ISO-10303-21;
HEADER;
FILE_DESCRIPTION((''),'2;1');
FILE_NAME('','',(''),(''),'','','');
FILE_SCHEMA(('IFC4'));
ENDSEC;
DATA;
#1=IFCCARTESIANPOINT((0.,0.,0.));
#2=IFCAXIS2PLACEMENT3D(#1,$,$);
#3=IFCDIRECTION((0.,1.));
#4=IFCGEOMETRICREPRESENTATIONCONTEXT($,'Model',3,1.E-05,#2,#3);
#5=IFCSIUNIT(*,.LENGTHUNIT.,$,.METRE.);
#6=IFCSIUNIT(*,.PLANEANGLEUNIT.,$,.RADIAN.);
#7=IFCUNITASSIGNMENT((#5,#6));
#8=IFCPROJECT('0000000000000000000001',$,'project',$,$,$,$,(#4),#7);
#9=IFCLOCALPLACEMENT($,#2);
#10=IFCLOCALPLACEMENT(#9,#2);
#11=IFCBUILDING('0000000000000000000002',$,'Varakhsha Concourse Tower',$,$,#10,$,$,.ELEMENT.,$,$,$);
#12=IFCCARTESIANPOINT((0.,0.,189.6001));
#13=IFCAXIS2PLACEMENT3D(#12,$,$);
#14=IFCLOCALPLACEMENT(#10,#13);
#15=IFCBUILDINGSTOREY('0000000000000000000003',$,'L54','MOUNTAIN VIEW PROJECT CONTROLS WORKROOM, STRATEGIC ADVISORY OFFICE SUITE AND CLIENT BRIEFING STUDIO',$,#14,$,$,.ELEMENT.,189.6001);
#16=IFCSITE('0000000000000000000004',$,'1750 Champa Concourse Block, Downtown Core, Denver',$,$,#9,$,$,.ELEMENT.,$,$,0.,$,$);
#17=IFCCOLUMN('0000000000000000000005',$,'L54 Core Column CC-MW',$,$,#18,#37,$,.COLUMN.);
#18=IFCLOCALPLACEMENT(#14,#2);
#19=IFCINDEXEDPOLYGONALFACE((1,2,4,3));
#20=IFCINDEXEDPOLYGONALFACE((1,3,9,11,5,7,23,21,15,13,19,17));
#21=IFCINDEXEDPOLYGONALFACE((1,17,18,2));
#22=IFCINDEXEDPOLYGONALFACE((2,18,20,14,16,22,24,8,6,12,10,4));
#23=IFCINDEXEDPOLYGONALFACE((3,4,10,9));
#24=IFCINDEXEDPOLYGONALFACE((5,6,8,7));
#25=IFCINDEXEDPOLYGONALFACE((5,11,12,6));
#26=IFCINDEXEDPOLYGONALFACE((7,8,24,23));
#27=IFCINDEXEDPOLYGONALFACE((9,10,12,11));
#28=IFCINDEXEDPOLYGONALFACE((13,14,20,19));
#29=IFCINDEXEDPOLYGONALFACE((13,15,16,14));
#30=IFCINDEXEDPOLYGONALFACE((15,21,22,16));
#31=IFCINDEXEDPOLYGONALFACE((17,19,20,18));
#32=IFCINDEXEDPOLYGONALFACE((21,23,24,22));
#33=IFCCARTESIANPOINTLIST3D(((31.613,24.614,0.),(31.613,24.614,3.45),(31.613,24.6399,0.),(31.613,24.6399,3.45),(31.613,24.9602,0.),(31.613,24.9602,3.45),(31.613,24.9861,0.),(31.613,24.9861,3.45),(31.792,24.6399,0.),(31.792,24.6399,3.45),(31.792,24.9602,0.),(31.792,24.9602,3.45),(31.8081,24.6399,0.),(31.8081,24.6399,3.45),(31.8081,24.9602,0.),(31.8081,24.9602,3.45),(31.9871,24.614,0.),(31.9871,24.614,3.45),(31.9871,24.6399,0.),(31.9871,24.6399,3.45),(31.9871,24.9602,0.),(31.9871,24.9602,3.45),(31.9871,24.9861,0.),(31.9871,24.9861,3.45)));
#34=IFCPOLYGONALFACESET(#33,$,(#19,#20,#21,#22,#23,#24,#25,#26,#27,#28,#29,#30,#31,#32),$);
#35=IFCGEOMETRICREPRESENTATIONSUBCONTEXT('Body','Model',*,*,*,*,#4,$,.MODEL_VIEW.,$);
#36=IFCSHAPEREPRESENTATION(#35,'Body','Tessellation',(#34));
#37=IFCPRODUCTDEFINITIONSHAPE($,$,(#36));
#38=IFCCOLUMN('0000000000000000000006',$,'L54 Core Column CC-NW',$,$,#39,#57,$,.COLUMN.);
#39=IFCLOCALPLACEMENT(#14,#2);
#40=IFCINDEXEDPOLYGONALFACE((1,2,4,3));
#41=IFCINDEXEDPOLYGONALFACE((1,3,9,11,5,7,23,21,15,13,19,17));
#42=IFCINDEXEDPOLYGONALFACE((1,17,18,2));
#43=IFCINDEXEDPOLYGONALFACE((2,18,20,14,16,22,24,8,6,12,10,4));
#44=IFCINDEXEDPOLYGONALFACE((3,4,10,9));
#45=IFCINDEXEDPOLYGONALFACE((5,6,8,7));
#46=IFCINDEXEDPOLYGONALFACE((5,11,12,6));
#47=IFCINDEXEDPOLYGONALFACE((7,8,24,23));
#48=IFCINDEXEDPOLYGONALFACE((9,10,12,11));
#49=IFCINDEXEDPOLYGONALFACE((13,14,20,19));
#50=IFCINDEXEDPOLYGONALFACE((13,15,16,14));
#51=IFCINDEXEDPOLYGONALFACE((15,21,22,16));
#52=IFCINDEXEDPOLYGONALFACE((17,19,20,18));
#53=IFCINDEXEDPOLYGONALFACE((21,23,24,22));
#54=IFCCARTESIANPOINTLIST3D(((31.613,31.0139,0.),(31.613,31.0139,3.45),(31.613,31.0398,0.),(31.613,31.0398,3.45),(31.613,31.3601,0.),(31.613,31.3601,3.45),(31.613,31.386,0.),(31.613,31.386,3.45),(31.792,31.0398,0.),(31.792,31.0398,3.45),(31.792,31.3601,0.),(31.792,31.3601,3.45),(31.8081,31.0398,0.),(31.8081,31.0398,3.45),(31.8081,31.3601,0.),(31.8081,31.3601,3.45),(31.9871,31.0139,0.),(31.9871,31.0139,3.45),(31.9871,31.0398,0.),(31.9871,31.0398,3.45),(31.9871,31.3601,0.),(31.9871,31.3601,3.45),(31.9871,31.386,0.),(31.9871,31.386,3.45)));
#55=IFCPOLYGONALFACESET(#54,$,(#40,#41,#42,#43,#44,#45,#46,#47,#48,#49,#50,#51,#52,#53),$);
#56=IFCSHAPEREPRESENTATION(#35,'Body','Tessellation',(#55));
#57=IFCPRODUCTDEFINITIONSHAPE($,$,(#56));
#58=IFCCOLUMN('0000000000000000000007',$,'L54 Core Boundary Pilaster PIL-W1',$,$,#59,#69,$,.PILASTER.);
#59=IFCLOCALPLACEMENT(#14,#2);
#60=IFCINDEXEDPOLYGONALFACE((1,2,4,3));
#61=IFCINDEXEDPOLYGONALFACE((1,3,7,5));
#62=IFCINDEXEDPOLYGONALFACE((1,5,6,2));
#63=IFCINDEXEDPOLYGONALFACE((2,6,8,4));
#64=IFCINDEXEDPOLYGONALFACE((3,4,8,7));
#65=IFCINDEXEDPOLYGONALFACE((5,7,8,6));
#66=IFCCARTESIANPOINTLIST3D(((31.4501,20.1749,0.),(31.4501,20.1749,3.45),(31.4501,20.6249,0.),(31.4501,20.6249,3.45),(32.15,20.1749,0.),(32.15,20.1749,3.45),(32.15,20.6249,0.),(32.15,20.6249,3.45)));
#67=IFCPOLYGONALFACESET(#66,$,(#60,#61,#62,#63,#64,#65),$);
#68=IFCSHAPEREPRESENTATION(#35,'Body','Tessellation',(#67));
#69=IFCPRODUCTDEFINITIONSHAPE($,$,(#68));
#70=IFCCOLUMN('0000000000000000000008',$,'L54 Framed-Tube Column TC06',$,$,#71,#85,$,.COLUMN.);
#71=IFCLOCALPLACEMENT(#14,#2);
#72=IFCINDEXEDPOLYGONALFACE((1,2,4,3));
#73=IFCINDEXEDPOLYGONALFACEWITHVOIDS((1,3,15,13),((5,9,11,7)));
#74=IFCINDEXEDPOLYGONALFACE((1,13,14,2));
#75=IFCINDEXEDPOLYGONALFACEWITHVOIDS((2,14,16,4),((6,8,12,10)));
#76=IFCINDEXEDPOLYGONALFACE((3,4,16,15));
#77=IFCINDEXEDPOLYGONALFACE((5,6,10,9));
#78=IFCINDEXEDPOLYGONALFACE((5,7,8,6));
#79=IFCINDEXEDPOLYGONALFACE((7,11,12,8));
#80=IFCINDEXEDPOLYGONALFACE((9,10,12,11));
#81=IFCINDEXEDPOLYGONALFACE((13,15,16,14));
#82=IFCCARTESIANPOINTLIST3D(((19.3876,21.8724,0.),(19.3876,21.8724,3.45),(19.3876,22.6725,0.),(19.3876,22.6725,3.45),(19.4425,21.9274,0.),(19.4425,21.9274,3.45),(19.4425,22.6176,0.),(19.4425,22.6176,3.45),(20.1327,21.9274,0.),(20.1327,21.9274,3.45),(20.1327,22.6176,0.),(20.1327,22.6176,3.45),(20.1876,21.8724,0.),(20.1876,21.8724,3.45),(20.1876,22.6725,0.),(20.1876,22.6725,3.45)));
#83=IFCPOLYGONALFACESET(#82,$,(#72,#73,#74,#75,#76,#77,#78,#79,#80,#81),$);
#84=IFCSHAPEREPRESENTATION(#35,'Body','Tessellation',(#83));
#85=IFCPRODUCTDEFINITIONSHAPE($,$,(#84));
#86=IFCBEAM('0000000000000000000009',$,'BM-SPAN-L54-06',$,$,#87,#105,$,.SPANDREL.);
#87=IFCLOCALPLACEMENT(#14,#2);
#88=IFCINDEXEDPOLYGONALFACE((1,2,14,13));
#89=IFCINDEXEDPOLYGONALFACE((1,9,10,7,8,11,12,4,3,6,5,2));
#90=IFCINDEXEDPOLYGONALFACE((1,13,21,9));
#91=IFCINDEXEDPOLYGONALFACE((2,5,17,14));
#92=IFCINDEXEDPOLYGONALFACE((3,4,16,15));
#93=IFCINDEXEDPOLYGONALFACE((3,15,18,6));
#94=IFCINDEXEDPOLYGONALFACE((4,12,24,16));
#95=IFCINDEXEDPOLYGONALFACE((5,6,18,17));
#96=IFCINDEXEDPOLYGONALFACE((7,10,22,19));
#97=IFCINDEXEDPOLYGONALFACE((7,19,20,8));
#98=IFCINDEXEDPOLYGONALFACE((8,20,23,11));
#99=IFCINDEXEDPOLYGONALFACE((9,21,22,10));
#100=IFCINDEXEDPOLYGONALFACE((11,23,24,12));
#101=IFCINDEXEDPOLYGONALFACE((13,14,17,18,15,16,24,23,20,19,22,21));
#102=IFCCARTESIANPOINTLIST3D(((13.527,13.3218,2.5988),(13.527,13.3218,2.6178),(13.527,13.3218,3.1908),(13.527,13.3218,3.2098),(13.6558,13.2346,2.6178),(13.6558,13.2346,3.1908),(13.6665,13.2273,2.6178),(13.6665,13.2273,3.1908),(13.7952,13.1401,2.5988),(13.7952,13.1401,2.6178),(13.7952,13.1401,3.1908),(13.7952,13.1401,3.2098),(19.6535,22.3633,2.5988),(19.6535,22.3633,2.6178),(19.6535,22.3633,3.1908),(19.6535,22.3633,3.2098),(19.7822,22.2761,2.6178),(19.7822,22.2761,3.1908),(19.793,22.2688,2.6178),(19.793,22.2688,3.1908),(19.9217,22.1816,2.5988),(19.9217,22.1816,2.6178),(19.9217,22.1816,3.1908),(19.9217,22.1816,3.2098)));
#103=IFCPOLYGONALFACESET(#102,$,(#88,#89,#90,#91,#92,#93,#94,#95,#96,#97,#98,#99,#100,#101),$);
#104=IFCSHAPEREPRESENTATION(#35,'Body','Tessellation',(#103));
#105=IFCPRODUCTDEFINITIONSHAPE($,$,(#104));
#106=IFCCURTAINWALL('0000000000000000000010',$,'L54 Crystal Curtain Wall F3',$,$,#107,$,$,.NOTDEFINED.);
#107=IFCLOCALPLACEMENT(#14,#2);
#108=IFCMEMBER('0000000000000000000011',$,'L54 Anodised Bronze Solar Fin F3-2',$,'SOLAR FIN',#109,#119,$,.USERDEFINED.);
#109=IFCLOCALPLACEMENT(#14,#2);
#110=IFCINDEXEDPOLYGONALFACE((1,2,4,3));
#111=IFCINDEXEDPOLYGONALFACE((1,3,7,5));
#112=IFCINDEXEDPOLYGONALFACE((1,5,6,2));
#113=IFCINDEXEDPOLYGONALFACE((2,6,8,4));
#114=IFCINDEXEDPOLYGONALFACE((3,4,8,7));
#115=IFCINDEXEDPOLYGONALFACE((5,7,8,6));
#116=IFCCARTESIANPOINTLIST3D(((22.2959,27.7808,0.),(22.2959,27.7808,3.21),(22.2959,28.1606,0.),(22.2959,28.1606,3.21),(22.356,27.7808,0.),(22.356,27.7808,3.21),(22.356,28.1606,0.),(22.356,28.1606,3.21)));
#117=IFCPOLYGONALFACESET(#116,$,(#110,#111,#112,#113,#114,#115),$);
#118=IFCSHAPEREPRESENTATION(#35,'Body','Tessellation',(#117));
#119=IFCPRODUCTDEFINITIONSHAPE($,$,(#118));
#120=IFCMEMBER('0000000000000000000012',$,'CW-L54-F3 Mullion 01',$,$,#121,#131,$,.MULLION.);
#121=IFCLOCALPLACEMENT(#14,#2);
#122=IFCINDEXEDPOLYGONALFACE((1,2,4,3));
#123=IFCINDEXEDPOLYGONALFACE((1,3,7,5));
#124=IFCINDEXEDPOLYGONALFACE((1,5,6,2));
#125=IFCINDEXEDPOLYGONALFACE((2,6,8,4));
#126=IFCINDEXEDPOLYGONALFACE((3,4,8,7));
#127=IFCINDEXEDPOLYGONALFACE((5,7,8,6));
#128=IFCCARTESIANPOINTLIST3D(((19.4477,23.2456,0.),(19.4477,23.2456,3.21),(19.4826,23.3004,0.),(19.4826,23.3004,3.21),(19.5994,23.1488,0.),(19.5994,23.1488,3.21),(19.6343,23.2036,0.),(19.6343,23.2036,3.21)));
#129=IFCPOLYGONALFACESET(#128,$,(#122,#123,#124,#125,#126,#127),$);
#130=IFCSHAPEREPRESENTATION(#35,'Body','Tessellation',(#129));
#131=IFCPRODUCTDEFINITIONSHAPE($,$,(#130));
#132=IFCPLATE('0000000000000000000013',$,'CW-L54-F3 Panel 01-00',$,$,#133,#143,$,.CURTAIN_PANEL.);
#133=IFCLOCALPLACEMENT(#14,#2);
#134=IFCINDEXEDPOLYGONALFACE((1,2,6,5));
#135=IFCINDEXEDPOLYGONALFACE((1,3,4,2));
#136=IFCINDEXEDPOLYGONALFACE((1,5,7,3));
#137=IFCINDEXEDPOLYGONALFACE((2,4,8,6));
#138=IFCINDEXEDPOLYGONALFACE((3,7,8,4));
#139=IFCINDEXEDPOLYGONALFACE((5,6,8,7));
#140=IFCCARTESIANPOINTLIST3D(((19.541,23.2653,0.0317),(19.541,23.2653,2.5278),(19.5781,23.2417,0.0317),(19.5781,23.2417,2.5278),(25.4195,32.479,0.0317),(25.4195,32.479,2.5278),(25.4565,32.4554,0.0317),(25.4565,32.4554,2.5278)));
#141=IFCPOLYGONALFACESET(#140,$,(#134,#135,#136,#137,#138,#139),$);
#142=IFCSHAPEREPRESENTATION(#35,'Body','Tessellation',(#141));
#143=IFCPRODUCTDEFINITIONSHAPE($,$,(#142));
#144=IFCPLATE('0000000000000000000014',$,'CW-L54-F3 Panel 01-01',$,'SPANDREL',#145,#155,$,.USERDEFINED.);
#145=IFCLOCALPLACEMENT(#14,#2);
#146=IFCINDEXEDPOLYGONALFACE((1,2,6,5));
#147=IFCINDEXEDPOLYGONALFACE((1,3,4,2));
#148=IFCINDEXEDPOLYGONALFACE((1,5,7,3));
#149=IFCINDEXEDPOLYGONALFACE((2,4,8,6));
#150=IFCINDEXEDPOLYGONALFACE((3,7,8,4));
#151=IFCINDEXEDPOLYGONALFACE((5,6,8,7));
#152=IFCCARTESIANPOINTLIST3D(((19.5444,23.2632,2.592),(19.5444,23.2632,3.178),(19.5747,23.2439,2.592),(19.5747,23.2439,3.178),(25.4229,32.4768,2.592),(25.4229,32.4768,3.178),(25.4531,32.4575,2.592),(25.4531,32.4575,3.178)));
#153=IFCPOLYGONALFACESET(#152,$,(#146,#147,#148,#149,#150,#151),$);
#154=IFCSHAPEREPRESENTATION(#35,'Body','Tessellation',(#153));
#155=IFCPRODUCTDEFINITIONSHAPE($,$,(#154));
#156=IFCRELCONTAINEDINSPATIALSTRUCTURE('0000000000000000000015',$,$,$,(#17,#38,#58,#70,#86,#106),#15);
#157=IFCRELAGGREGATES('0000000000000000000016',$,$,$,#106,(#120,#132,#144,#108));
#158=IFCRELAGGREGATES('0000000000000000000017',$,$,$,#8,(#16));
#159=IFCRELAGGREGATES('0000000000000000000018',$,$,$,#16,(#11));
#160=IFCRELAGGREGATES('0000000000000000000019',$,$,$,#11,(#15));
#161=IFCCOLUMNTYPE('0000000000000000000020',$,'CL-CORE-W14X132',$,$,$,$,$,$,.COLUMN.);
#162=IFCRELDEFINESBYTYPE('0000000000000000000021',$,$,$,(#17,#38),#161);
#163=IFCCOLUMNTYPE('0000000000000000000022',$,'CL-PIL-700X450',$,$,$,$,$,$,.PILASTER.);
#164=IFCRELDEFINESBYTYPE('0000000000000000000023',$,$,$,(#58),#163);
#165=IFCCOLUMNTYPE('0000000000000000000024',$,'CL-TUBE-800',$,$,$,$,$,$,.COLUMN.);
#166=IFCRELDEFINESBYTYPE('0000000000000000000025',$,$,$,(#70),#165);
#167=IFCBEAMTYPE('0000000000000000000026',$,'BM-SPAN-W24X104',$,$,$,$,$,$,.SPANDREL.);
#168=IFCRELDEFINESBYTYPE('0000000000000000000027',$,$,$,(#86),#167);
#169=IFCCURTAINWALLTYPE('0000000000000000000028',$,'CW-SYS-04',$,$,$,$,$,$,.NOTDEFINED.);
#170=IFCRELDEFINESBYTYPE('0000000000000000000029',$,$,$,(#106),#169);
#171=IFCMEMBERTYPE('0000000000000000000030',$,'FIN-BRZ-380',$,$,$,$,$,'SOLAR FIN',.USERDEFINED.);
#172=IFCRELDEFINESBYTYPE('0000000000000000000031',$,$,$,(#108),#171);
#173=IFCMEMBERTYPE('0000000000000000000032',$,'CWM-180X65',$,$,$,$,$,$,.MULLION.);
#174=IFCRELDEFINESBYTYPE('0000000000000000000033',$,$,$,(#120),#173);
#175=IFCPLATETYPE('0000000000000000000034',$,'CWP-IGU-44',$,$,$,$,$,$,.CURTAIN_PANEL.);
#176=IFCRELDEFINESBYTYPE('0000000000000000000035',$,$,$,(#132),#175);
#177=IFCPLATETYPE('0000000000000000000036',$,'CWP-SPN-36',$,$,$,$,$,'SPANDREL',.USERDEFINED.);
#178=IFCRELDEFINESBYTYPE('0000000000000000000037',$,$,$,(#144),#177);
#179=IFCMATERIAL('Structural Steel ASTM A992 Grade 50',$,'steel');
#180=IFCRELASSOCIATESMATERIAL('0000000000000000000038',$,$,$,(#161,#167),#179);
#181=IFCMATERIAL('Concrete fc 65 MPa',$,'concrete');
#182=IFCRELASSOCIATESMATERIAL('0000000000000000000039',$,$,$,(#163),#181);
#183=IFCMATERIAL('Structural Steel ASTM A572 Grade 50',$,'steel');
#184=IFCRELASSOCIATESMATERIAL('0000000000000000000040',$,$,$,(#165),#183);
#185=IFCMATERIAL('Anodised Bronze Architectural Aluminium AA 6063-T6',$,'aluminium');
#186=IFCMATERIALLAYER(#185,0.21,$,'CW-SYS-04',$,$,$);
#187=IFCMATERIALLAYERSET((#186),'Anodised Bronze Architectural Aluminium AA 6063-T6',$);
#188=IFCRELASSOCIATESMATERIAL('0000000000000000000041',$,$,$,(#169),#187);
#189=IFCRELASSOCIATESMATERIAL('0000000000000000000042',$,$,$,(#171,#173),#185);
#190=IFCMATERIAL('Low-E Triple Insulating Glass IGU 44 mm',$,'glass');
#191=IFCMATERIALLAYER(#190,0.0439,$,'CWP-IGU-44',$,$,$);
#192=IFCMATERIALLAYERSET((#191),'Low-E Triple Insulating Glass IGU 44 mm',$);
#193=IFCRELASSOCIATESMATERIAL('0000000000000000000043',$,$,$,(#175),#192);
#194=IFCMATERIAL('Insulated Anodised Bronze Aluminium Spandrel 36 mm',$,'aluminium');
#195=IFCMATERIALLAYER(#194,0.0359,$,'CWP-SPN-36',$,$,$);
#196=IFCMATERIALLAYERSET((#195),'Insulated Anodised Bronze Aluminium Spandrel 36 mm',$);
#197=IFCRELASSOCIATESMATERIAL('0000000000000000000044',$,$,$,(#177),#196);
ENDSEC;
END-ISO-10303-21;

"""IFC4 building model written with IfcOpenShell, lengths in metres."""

from ifc_helpers import new_model, si_unit, direction, frame, origin, origin_2d, place, context, subcontext, project, spatial, rectangle, hollow_rectangle, i_section, extrude, source, transform, mapped, material, layer, layer_set, material_profile, profile_set, type_object, type_shapes, element, aggregate, save


model = new_model("IFC4")

# Units and contexts
model_context = context("Model", 3, precision=1e-05, world=origin(), true_north=direction((0.0, 1.0)))
body_context = subcontext(model_context, "Body", "Model", "MODEL_VIEW")
ifc_project = project(units=[si_unit("LENGTHUNIT", "METRE"), si_unit("PLANEANGLEUNIT", "RADIAN")], contexts=[model_context])

# Site, building, storey
site_placement = place(None, origin())
site = spatial("IfcSite", under=ifc_project, at=site_placement, Name="1750 Champa Concourse Block, Downtown Core, Denver", CompositionType="ELEMENT", RefElevation=0.0)
building_placement = place(site_placement, origin())
building = spatial("IfcBuilding", under=site, at=building_placement, Name="Varakhsha Concourse Tower", CompositionType="ELEMENT")
storey_placement = place(building_placement, frame((0.0, 0.0, 189.6001)))
storey = spatial("IfcBuildingStorey", under=building, at=storey_placement, Name="L54", Description="MOUNTAIN VIEW PROJECT CONTROLS WORKROOM, STRATEGIC ADVISORY OFFICE SUITE AND CLIENT BRIEFING STUDIO", CompositionType="ELEMENT", Elevation=189.6001)

# Columns
ifc_material_1 = material(Name="Structural Steel ASTM A992 Grade 50", Category="steel")
ifc_material_profile_1 = material_profile(ifc_material_1, i_section(OverallWidth=0.374, OverallDepth=0.3721, WebThickness=0.0161, FlangeThickness=0.0259, at=origin_2d()), Name="W14X132")
ifc_profile_set_1 = profile_set([ifc_material_profile_1], Name="Structural Steel ASTM A992 Grade 50")
column_type_1 = type_object("IfcColumnType", Name="CL-CORE-W14X132", PredefinedType="COLUMN", material=ifc_profile_set_1)
for number, where, z_axis, x_axis, name in (
    (1, (31.8, 24.8, 0.0), (0.0, 0.0, 1.0), (1.0, 0.0, 0.0), "L54 Core Column CC-MW"),
    (2, (31.8, 31.2, 0.0), (0.0, 0.0, 1.0), (1.0, 0.0, 0.0), "L54 Core Column CC-NW"),
):
    element("IfcColumn", number, at=place(storey_placement, frame(where, z_axis=z_axis, x_axis=x_axis)), inside=storey, type_object=column_type_1, Name=name, PredefinedType="COLUMN", context=body_context, shape_type="SweptSolid", body=[
        extrude(i_section(OverallWidth=0.374, OverallDepth=0.3721, WebThickness=0.0161, FlangeThickness=0.0259, at=origin_2d()), origin(), (0.0, 0.0, 1.0), 3.45),
    ])
ifc_material_2 = material(Name="Concrete fc 65 MPa", Category="concrete")
ifc_material_profile_2 = material_profile(ifc_material_2, rectangle(XDim=0.7, YDim=0.45, at=origin_2d()), Name="RC 700x450")
ifc_profile_set_2 = profile_set([ifc_material_profile_2], Name="Concrete fc 65 MPa")
column_type_2 = type_object("IfcColumnType", Name="CL-PIL-700X450", PredefinedType="PILASTER", material=ifc_profile_set_2)
column_1_placement = place(storey_placement, frame((31.8, 20.3999, 0.0), z_axis=(0.0, 0.0, 1.0), x_axis=(1.0, 0.0, 0.0)))
element("IfcColumn", 3, at=column_1_placement, inside=storey, type_object=column_type_2, Name="L54 Core Boundary Pilaster PIL-W1", PredefinedType="PILASTER", context=body_context, shape_type="SweptSolid", body=[
    extrude(rectangle(XDim=0.7, YDim=0.45, at=origin_2d()), origin(), (0.0, 0.0, 1.0), 3.45),
])
ifc_material_3 = material(Name="Structural Steel ASTM A572 Grade 50", Category="steel")
ifc_material_profile_3 = material_profile(ifc_material_3, hollow_rectangle(XDim=0.8, YDim=0.8, WallThickness=0.0549, at=origin_2d()), Name="BOX 800x800x55")
ifc_profile_set_3 = profile_set([ifc_material_profile_3], Name="Structural Steel ASTM A572 Grade 50")
column_type_3 = type_object("IfcColumnType", Name="CL-TUBE-800", PredefinedType="COLUMN", material=ifc_profile_set_3)
column_2_placement = place(storey_placement, frame((19.7876, 22.2725, 0.0), z_axis=(0.0, 0.0, 1.0), x_axis=(1.0, 0.0, 0.0)))
element("IfcColumn", 4, at=column_2_placement, inside=storey, type_object=column_type_3, Name="L54 Framed-Tube Column TC06", PredefinedType="COLUMN", context=body_context, shape_type="SweptSolid", body=[
    extrude(hollow_rectangle(XDim=0.8, YDim=0.8, WallThickness=0.0549, at=origin_2d()), origin(), (0.0, 0.0, 1.0), 3.45),
])

# Beam
ifc_material_profile_4 = material_profile(ifc_material_1, i_section(OverallWidth=0.324, OverallDepth=0.6111, WebThickness=0.0129, FlangeThickness=0.019, at=origin_2d()), Name="W24X104")
ifc_profile_set_4 = profile_set([ifc_material_profile_4], Name="Structural Steel ASTM A992 Grade 50")
beam_type = type_object("IfcBeamType", Name="BM-SPAN-W24X104", PredefinedType="SPANDREL", material=ifc_profile_set_4)
beam_placement = place(storey_placement, frame((19.7876, 22.2725, 2.9043), z_axis=(-0.560947, -0.827852, 0.0), x_axis=(0.827852, -0.560947, 0.0)))
element("IfcBeam", 5, at=beam_placement, inside=storey, type_object=beam_type, Name="BM-SPAN-L54-06", PredefinedType="SPANDREL", context=body_context, shape_type="SweptSolid", body=[
    extrude(i_section(OverallWidth=0.324, OverallDepth=0.6111, WebThickness=0.0129, FlangeThickness=0.019, at=origin_2d()), origin(), (0.0, 0.0, 1.0), 10.9216),
])

# Curtain wall, members, plates
ifc_material_4 = material(Name="Anodised Bronze Architectural Aluminium AA 6063-T6", Category="aluminium")
ifc_layer_1 = layer(ifc_material_4, 0.21, Name="CW-SYS-04")
ifc_layer_set_1 = layer_set([ifc_layer_1], Name="Anodised Bronze Architectural Aluminium AA 6063-T6")
curtain_wall_type = type_object("IfcCurtainWallType", Name="CW-SYS-04", PredefinedType="NOTDEFINED", material=ifc_layer_set_1)
curtain_wall_placement = place(storey_placement, origin())
curtain_wall = element("IfcCurtainWall", 6, at=curtain_wall_placement, inside=storey, type_object=curtain_wall_type, Name="L54 Crystal Curtain Wall F3", PredefinedType="NOTDEFINED")
ifc_material_profile_5 = material_profile(ifc_material_4, rectangle(XDim=0.0601, YDim=0.3799, at=origin_2d()), Name="FIN-BRZ-380")
ifc_profile_set_5 = profile_set([ifc_material_profile_5], Name="Anodised Bronze Architectural Aluminium AA 6063-T6")
member_type_1 = type_object("IfcMemberType", Name="FIN-BRZ-380", ElementType="SOLAR FIN", PredefinedType="USERDEFINED", material=ifc_profile_set_5)
shared_shape_1 = source(origin(), body_context, "Body", "SweptSolid", [
    extrude(rectangle(XDim=0.0601, YDim=0.3799, at=origin_2d()), origin(), (0.0, 0.0, 1.0), 3.21),
])
type_shapes(member_type_1, [shared_shape_1])
member_1_placement = place(storey_placement, frame((22.3259, 27.9707, 0.0), z_axis=(0.0, 0.0, 1.0), x_axis=(1.0, 0.0, 0.0)))
member_1 = element("IfcMember", 7, at=member_1_placement, type_object=member_type_1, Name="L54 Anodised Bronze Solar Fin F3-2", ObjectType="SOLAR FIN", PredefinedType="USERDEFINED", context=body_context, shape_type="MappedRepresentation", body=[
    mapped(shared_shape_1, transform((0.0, 0.0, 0.0), scale=1.0)),
])
ifc_material_profile_6 = material_profile(ifc_material_4, rectangle(XDim=0.0649, YDim=0.1799, at=origin_2d()), Name="CWM-180X65")
ifc_profile_set_6 = profile_set([ifc_material_profile_6], Name="Anodised Bronze Architectural Aluminium AA 6063-T6")
member_type_2 = type_object("IfcMemberType", Name="CWM-180X65", PredefinedType="MULLION", material=ifc_profile_set_6)
shared_shape_2 = source(origin(), body_context, "Body", "SweptSolid", [
    extrude(rectangle(XDim=0.0649, YDim=0.1799, at=origin_2d()), origin(), (0.0, 0.0, 1.0), 3.21),
])
type_shapes(member_type_2, [shared_shape_2])
member_2_placement = place(storey_placement, frame((19.541, 23.2246, 0.0), z_axis=(0.0, 0.0, 1.0), x_axis=(0.537863, 0.843032, 0.0)))
member_2 = element("IfcMember", 8, at=member_2_placement, type_object=member_type_2, Name="CW-L54-F3 Mullion 01", PredefinedType="MULLION", context=body_context, shape_type="MappedRepresentation", body=[
    mapped(shared_shape_2, transform((0.0, 0.0, 0.0), scale=1.0)),
])
ifc_material_5 = material(Name="Low-E Triple Insulating Glass IGU 44 mm", Category="glass")
ifc_layer_2 = layer(ifc_material_5, 0.0439, Name="CWP-IGU-44")
ifc_layer_set_2 = layer_set([ifc_layer_2], Name="Low-E Triple Insulating Glass IGU 44 mm")
plate_type_1 = type_object("IfcPlateType", Name="CWP-IGU-44", PredefinedType="CURTAIN_PANEL", material=ifc_layer_set_2)
shared_shape_3 = source(origin(), body_context, "Body", "SweptSolid", [
    extrude(rectangle(XDim=10.9292, YDim=0.0439, at=origin_2d()), origin(), (0.0, 0.0, 1.0), 2.4961),
])
type_shapes(plate_type_1, [shared_shape_3])
plate_1_placement = place(storey_placement, frame((22.4988, 27.8604, 0.0317), z_axis=(0.0, 0.0, 1.0), x_axis=(0.537863, 0.843032, 0.0)))
plate_1 = element("IfcPlate", 9, at=plate_1_placement, type_object=plate_type_1, Name="CW-L54-F3 Panel 01-00", PredefinedType="CURTAIN_PANEL", context=body_context, shape_type="MappedRepresentation", body=[
    mapped(shared_shape_3, transform((0.0, 0.0, 0.0), scale=1.0)),
])
ifc_material_6 = material(Name="Insulated Anodised Bronze Aluminium Spandrel 36 mm", Category="aluminium")
ifc_layer_3 = layer(ifc_material_6, 0.0359, Name="CWP-SPN-36")
ifc_layer_set_3 = layer_set([ifc_layer_3], Name="Insulated Anodised Bronze Aluminium Spandrel 36 mm")
plate_type_2 = type_object("IfcPlateType", Name="CWP-SPN-36", ElementType="SPANDREL", PredefinedType="USERDEFINED", material=ifc_layer_set_3)
shared_shape_4 = source(origin(), body_context, "Body", "SweptSolid", [
    extrude(rectangle(XDim=10.9292, YDim=0.0359, at=origin_2d()), origin(), (0.0, 0.0, 1.0), 0.5859),
])
type_shapes(plate_type_2, [shared_shape_4])
plate_2_placement = place(storey_placement, frame((22.4988, 27.8604, 2.592), z_axis=(0.0, 0.0, 1.0), x_axis=(0.537863, 0.843032, 0.0)))
plate_2 = element("IfcPlate", 10, at=plate_2_placement, type_object=plate_type_2, Name="CW-L54-F3 Panel 01-01", ObjectType="SPANDREL", PredefinedType="USERDEFINED", context=body_context, shape_type="MappedRepresentation", body=[
    mapped(shared_shape_4, transform((0.0, 0.0, 0.0), scale=1.0)),
])
aggregate(curtain_wall, [member_2, plate_1, plate_2, member_1])

save(model, "model.ifc")
